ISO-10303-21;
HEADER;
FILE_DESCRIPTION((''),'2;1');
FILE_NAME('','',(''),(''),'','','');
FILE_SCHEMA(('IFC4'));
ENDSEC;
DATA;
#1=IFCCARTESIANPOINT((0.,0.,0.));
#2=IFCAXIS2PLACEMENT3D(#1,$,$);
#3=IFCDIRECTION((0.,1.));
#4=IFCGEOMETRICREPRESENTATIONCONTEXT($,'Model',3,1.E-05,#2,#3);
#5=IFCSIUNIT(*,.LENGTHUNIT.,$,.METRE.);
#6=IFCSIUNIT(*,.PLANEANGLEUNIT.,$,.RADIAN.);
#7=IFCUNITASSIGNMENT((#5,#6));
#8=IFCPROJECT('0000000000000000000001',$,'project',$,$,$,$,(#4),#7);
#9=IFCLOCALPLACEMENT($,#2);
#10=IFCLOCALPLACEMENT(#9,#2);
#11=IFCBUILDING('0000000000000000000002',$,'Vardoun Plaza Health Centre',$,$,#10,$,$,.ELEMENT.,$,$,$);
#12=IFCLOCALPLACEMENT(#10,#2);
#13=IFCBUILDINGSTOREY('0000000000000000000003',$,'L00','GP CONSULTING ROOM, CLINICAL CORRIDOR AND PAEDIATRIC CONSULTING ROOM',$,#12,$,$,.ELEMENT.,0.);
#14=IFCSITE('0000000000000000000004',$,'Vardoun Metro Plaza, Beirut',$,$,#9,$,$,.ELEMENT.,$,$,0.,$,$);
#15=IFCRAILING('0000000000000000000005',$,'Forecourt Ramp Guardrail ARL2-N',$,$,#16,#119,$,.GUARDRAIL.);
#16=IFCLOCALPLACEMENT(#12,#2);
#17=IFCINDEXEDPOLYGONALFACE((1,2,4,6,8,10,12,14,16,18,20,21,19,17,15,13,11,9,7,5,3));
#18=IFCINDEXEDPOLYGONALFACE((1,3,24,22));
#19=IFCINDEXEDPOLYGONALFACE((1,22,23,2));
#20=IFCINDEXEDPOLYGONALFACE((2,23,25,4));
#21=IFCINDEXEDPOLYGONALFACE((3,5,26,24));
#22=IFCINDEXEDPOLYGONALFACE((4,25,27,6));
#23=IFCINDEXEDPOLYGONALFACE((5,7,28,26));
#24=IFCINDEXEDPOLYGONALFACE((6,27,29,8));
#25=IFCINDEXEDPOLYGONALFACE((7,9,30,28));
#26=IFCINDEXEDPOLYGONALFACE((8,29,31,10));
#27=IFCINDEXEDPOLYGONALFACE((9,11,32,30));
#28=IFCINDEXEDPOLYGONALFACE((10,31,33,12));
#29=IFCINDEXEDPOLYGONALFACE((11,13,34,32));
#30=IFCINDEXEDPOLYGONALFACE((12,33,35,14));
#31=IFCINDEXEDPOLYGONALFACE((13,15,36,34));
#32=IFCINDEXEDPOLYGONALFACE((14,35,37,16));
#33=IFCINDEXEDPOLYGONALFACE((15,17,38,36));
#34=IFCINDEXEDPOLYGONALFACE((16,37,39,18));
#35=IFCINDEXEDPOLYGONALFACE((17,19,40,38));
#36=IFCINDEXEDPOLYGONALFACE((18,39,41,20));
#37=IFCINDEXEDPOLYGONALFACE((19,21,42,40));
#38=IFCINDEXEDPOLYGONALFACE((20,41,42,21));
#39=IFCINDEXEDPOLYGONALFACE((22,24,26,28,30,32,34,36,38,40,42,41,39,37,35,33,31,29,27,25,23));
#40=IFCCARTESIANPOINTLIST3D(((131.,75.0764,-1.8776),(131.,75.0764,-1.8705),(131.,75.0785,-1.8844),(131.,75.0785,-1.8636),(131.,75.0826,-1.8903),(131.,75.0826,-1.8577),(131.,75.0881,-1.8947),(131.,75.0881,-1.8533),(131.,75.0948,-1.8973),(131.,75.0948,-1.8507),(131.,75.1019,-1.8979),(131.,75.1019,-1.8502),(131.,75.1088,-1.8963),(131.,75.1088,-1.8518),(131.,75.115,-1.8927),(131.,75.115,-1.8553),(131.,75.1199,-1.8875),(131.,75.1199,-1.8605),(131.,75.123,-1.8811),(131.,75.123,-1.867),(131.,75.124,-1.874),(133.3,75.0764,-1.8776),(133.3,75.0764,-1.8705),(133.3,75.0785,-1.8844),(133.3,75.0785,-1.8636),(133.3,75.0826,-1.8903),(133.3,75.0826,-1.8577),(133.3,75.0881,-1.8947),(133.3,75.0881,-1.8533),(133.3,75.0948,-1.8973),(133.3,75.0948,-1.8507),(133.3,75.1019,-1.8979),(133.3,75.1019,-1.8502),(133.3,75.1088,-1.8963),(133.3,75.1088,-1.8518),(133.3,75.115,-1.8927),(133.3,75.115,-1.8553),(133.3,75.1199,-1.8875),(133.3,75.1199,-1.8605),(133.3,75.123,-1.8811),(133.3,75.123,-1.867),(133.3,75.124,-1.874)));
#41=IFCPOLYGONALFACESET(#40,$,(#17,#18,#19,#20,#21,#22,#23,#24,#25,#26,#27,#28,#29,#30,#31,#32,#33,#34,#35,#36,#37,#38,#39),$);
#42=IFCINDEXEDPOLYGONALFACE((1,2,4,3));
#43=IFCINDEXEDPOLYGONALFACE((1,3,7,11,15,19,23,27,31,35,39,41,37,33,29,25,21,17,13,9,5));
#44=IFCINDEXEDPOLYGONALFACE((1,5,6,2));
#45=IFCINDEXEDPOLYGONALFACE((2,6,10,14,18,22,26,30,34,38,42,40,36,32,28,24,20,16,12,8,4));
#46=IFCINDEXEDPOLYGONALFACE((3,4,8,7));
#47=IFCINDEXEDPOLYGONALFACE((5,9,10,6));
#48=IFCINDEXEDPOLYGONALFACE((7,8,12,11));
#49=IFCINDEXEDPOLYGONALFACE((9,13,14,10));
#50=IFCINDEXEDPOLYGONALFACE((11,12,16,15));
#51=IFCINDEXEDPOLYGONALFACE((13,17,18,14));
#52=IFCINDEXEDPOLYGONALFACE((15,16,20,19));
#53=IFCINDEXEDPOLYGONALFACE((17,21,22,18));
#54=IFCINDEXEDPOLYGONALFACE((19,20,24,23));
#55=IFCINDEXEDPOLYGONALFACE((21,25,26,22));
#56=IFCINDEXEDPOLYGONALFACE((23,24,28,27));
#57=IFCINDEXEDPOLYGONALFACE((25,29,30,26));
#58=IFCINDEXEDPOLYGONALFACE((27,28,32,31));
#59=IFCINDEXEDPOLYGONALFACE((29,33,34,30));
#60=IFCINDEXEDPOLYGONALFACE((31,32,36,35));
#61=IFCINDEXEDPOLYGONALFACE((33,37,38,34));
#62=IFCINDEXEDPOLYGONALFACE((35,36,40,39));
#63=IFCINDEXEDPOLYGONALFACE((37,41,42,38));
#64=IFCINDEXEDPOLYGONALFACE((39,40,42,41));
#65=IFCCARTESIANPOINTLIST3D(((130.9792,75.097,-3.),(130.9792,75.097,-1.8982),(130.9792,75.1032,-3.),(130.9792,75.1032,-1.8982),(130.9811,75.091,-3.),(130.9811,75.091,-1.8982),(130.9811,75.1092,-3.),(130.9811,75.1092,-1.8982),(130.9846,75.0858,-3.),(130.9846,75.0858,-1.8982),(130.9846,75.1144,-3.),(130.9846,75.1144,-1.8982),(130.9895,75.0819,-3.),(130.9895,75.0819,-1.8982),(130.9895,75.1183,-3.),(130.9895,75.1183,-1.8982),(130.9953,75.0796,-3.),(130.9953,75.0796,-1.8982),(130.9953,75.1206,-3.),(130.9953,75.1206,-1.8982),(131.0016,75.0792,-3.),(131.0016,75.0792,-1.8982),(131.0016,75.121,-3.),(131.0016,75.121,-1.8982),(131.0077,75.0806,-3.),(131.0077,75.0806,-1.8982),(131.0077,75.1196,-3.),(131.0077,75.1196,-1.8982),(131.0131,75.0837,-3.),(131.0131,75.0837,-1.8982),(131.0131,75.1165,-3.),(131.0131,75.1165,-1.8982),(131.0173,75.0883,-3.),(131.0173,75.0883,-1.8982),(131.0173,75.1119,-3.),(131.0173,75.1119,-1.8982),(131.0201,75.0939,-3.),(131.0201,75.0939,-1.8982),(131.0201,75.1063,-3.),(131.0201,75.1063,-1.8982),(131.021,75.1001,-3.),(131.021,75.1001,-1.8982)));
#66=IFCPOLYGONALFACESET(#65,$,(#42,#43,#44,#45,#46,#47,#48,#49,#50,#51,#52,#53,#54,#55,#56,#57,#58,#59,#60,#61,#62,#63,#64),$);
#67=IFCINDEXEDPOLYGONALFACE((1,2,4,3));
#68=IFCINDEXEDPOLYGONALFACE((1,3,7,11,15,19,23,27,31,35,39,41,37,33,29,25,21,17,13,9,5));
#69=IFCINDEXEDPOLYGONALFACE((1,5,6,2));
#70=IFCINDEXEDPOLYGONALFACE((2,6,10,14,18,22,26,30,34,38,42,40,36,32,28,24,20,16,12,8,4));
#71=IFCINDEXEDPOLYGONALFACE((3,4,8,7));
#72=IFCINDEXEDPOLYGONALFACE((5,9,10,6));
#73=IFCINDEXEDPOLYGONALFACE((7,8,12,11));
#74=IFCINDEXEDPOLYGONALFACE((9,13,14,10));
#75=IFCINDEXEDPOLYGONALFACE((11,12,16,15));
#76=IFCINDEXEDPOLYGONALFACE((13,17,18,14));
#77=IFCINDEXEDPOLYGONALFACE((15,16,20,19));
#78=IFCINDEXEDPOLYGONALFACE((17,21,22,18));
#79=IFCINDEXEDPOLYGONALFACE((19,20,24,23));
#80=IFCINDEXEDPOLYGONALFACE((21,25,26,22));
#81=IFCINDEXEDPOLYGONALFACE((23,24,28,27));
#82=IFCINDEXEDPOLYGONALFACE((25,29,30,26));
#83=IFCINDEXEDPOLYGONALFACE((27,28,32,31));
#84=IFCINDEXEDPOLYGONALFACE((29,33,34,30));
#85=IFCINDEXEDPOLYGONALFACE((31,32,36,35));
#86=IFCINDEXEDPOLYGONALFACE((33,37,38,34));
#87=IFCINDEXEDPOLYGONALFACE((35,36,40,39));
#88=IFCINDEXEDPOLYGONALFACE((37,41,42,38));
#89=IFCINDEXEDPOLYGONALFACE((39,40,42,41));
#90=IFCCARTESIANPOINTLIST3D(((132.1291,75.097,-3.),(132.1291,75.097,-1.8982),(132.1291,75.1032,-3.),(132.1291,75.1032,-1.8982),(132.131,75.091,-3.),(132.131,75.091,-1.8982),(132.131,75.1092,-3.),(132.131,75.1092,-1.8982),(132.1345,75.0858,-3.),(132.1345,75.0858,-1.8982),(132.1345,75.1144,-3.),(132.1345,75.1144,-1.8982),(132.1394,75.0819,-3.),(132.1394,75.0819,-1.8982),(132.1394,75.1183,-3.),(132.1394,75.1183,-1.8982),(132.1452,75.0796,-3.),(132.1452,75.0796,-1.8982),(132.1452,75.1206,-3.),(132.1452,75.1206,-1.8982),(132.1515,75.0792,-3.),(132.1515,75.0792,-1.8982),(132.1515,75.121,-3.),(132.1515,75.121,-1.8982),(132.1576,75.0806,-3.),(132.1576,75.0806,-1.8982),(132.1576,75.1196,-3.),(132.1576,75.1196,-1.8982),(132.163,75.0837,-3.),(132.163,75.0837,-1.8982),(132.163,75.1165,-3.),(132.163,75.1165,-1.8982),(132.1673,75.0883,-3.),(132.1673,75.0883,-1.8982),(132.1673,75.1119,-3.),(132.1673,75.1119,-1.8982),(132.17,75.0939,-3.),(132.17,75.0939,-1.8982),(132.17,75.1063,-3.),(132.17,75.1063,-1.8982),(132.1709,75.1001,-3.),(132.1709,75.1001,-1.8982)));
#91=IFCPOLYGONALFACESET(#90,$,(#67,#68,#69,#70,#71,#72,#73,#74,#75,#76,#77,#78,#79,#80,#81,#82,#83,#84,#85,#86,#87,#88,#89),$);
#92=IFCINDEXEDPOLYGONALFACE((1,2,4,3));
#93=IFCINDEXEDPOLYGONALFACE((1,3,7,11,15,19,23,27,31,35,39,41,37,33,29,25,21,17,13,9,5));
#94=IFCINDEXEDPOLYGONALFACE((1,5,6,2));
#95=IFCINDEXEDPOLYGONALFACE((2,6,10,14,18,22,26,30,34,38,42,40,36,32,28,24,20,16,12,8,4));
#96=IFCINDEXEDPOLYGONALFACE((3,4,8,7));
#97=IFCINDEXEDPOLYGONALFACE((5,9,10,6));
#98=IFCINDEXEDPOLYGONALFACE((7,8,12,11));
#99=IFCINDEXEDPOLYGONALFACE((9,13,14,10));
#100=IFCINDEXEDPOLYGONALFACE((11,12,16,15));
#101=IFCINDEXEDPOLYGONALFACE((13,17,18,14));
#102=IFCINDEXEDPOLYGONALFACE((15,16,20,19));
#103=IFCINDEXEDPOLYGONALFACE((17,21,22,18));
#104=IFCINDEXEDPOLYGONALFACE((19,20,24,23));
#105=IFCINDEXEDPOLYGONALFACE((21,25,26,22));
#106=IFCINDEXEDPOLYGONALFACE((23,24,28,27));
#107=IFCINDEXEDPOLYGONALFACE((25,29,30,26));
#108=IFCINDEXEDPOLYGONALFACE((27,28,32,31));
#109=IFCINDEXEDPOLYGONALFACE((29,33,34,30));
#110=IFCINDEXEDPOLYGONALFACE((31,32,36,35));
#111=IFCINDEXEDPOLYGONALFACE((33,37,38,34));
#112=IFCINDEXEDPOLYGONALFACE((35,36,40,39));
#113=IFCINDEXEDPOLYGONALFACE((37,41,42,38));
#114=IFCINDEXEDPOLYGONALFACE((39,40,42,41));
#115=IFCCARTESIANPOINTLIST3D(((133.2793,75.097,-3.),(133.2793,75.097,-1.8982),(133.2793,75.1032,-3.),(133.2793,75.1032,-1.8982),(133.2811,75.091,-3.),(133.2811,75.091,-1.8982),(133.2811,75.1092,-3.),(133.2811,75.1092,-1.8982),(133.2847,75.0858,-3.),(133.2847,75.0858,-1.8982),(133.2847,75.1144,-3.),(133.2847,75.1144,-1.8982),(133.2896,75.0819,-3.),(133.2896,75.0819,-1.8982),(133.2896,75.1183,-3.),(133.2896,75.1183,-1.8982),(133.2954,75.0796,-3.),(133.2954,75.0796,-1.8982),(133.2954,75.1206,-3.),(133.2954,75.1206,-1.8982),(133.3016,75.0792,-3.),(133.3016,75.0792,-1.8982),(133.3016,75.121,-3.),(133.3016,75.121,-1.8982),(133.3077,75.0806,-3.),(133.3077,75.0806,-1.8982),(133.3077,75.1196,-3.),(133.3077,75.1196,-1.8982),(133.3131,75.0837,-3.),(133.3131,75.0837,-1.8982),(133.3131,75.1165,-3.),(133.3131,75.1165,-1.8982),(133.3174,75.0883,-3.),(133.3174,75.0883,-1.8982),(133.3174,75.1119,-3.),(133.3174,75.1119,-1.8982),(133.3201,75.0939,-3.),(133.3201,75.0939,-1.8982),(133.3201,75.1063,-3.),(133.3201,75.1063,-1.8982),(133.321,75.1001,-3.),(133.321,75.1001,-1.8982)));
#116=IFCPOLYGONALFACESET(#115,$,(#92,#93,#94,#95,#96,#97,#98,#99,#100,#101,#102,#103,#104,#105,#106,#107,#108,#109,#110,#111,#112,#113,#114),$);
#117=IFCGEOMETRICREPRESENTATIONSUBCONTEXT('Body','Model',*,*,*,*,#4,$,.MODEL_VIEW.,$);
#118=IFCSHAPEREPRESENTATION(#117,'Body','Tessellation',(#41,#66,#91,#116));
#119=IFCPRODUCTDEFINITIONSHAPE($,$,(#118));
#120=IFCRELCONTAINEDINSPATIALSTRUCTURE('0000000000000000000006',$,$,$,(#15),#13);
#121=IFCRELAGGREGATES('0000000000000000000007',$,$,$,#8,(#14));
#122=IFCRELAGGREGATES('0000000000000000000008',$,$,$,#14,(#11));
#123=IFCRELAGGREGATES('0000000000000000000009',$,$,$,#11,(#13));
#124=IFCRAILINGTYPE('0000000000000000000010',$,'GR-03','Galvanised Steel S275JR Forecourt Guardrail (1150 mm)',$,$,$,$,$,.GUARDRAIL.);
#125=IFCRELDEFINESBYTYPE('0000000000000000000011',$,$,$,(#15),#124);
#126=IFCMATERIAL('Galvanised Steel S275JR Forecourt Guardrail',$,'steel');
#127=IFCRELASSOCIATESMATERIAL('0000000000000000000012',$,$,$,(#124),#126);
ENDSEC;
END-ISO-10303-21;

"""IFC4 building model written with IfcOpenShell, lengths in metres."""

from ifc_helpers import new_model, si_unit, direction, frame, origin, origin_2d, place, context, subcontext, project, spatial, circle, extrude, material, type_object, element, save


model = new_model("IFC4")

# Units and contexts
model_context = context("Model", 3, precision=1e-05, world=origin(), true_north=direction((0.0, 1.0)))
body_context = subcontext(model_context, "Body", "Model", "MODEL_VIEW")
ifc_project = project(units=[si_unit("LENGTHUNIT", "METRE"), si_unit("PLANEANGLEUNIT", "RADIAN")], contexts=[model_context])

# Site, building, storey
site_placement = place(None, origin())
site = spatial("IfcSite", under=ifc_project, at=site_placement, Name="Vardoun Metro Plaza, Beirut", CompositionType="ELEMENT", RefElevation=0.0)
building_placement = place(site_placement, origin())
building = spatial("IfcBuilding", under=site, at=building_placement, Name="Vardoun Plaza Health Centre", CompositionType="ELEMENT")
storey_placement = place(building_placement, origin())
storey = spatial("IfcBuildingStorey", under=building, at=storey_placement, Name="L00", Description="GP CONSULTING ROOM, CLINICAL CORRIDOR AND PAEDIATRIC CONSULTING ROOM", CompositionType="ELEMENT", Elevation=0.0)

# Railing
ifc_material_1 = material(Name="Galvanised Steel S275JR Forecourt Guardrail", Category="steel")
railing_type = type_object("IfcRailingType", Name="GR-03", Description="Galvanised Steel S275JR Forecourt Guardrail (1150 mm)", PredefinedType="GUARDRAIL", material=ifc_material_1)
railing_1_placement = place(storey_placement, frame((131.0, 75.1001, -3.0)))
element("IfcRailing", 1, at=railing_1_placement, inside=storey, type_object=railing_type, Name="Forecourt Ramp Guardrail ARL2-N", PredefinedType="GUARDRAIL", context=body_context, shape_type="SweptSolid", body=[
    extrude(circle(Radius=0.0239, at=origin_2d()), frame((0.0, 0.0, 1.126), z_axis=(1.0, 0.0, 0.0), x_axis=(0.0, 1.0, 0.0)), (0.0, 0.0, 1.0), 2.3),
    extrude(circle(Radius=0.021, at=origin_2d()), origin(), (0.0, 0.0, 1.0), 1.1018),
    extrude(circle(Radius=0.021, at=origin_2d()), frame((1.1499, 0.0, 0.0)), (0.0, 0.0, 1.0), 1.1018),
    extrude(circle(Radius=0.021, at=origin_2d()), frame((2.3, 0.0, 0.0)), (0.0, 0.0, 1.0), 1.1018),
])

save(model, "model.ifc")
